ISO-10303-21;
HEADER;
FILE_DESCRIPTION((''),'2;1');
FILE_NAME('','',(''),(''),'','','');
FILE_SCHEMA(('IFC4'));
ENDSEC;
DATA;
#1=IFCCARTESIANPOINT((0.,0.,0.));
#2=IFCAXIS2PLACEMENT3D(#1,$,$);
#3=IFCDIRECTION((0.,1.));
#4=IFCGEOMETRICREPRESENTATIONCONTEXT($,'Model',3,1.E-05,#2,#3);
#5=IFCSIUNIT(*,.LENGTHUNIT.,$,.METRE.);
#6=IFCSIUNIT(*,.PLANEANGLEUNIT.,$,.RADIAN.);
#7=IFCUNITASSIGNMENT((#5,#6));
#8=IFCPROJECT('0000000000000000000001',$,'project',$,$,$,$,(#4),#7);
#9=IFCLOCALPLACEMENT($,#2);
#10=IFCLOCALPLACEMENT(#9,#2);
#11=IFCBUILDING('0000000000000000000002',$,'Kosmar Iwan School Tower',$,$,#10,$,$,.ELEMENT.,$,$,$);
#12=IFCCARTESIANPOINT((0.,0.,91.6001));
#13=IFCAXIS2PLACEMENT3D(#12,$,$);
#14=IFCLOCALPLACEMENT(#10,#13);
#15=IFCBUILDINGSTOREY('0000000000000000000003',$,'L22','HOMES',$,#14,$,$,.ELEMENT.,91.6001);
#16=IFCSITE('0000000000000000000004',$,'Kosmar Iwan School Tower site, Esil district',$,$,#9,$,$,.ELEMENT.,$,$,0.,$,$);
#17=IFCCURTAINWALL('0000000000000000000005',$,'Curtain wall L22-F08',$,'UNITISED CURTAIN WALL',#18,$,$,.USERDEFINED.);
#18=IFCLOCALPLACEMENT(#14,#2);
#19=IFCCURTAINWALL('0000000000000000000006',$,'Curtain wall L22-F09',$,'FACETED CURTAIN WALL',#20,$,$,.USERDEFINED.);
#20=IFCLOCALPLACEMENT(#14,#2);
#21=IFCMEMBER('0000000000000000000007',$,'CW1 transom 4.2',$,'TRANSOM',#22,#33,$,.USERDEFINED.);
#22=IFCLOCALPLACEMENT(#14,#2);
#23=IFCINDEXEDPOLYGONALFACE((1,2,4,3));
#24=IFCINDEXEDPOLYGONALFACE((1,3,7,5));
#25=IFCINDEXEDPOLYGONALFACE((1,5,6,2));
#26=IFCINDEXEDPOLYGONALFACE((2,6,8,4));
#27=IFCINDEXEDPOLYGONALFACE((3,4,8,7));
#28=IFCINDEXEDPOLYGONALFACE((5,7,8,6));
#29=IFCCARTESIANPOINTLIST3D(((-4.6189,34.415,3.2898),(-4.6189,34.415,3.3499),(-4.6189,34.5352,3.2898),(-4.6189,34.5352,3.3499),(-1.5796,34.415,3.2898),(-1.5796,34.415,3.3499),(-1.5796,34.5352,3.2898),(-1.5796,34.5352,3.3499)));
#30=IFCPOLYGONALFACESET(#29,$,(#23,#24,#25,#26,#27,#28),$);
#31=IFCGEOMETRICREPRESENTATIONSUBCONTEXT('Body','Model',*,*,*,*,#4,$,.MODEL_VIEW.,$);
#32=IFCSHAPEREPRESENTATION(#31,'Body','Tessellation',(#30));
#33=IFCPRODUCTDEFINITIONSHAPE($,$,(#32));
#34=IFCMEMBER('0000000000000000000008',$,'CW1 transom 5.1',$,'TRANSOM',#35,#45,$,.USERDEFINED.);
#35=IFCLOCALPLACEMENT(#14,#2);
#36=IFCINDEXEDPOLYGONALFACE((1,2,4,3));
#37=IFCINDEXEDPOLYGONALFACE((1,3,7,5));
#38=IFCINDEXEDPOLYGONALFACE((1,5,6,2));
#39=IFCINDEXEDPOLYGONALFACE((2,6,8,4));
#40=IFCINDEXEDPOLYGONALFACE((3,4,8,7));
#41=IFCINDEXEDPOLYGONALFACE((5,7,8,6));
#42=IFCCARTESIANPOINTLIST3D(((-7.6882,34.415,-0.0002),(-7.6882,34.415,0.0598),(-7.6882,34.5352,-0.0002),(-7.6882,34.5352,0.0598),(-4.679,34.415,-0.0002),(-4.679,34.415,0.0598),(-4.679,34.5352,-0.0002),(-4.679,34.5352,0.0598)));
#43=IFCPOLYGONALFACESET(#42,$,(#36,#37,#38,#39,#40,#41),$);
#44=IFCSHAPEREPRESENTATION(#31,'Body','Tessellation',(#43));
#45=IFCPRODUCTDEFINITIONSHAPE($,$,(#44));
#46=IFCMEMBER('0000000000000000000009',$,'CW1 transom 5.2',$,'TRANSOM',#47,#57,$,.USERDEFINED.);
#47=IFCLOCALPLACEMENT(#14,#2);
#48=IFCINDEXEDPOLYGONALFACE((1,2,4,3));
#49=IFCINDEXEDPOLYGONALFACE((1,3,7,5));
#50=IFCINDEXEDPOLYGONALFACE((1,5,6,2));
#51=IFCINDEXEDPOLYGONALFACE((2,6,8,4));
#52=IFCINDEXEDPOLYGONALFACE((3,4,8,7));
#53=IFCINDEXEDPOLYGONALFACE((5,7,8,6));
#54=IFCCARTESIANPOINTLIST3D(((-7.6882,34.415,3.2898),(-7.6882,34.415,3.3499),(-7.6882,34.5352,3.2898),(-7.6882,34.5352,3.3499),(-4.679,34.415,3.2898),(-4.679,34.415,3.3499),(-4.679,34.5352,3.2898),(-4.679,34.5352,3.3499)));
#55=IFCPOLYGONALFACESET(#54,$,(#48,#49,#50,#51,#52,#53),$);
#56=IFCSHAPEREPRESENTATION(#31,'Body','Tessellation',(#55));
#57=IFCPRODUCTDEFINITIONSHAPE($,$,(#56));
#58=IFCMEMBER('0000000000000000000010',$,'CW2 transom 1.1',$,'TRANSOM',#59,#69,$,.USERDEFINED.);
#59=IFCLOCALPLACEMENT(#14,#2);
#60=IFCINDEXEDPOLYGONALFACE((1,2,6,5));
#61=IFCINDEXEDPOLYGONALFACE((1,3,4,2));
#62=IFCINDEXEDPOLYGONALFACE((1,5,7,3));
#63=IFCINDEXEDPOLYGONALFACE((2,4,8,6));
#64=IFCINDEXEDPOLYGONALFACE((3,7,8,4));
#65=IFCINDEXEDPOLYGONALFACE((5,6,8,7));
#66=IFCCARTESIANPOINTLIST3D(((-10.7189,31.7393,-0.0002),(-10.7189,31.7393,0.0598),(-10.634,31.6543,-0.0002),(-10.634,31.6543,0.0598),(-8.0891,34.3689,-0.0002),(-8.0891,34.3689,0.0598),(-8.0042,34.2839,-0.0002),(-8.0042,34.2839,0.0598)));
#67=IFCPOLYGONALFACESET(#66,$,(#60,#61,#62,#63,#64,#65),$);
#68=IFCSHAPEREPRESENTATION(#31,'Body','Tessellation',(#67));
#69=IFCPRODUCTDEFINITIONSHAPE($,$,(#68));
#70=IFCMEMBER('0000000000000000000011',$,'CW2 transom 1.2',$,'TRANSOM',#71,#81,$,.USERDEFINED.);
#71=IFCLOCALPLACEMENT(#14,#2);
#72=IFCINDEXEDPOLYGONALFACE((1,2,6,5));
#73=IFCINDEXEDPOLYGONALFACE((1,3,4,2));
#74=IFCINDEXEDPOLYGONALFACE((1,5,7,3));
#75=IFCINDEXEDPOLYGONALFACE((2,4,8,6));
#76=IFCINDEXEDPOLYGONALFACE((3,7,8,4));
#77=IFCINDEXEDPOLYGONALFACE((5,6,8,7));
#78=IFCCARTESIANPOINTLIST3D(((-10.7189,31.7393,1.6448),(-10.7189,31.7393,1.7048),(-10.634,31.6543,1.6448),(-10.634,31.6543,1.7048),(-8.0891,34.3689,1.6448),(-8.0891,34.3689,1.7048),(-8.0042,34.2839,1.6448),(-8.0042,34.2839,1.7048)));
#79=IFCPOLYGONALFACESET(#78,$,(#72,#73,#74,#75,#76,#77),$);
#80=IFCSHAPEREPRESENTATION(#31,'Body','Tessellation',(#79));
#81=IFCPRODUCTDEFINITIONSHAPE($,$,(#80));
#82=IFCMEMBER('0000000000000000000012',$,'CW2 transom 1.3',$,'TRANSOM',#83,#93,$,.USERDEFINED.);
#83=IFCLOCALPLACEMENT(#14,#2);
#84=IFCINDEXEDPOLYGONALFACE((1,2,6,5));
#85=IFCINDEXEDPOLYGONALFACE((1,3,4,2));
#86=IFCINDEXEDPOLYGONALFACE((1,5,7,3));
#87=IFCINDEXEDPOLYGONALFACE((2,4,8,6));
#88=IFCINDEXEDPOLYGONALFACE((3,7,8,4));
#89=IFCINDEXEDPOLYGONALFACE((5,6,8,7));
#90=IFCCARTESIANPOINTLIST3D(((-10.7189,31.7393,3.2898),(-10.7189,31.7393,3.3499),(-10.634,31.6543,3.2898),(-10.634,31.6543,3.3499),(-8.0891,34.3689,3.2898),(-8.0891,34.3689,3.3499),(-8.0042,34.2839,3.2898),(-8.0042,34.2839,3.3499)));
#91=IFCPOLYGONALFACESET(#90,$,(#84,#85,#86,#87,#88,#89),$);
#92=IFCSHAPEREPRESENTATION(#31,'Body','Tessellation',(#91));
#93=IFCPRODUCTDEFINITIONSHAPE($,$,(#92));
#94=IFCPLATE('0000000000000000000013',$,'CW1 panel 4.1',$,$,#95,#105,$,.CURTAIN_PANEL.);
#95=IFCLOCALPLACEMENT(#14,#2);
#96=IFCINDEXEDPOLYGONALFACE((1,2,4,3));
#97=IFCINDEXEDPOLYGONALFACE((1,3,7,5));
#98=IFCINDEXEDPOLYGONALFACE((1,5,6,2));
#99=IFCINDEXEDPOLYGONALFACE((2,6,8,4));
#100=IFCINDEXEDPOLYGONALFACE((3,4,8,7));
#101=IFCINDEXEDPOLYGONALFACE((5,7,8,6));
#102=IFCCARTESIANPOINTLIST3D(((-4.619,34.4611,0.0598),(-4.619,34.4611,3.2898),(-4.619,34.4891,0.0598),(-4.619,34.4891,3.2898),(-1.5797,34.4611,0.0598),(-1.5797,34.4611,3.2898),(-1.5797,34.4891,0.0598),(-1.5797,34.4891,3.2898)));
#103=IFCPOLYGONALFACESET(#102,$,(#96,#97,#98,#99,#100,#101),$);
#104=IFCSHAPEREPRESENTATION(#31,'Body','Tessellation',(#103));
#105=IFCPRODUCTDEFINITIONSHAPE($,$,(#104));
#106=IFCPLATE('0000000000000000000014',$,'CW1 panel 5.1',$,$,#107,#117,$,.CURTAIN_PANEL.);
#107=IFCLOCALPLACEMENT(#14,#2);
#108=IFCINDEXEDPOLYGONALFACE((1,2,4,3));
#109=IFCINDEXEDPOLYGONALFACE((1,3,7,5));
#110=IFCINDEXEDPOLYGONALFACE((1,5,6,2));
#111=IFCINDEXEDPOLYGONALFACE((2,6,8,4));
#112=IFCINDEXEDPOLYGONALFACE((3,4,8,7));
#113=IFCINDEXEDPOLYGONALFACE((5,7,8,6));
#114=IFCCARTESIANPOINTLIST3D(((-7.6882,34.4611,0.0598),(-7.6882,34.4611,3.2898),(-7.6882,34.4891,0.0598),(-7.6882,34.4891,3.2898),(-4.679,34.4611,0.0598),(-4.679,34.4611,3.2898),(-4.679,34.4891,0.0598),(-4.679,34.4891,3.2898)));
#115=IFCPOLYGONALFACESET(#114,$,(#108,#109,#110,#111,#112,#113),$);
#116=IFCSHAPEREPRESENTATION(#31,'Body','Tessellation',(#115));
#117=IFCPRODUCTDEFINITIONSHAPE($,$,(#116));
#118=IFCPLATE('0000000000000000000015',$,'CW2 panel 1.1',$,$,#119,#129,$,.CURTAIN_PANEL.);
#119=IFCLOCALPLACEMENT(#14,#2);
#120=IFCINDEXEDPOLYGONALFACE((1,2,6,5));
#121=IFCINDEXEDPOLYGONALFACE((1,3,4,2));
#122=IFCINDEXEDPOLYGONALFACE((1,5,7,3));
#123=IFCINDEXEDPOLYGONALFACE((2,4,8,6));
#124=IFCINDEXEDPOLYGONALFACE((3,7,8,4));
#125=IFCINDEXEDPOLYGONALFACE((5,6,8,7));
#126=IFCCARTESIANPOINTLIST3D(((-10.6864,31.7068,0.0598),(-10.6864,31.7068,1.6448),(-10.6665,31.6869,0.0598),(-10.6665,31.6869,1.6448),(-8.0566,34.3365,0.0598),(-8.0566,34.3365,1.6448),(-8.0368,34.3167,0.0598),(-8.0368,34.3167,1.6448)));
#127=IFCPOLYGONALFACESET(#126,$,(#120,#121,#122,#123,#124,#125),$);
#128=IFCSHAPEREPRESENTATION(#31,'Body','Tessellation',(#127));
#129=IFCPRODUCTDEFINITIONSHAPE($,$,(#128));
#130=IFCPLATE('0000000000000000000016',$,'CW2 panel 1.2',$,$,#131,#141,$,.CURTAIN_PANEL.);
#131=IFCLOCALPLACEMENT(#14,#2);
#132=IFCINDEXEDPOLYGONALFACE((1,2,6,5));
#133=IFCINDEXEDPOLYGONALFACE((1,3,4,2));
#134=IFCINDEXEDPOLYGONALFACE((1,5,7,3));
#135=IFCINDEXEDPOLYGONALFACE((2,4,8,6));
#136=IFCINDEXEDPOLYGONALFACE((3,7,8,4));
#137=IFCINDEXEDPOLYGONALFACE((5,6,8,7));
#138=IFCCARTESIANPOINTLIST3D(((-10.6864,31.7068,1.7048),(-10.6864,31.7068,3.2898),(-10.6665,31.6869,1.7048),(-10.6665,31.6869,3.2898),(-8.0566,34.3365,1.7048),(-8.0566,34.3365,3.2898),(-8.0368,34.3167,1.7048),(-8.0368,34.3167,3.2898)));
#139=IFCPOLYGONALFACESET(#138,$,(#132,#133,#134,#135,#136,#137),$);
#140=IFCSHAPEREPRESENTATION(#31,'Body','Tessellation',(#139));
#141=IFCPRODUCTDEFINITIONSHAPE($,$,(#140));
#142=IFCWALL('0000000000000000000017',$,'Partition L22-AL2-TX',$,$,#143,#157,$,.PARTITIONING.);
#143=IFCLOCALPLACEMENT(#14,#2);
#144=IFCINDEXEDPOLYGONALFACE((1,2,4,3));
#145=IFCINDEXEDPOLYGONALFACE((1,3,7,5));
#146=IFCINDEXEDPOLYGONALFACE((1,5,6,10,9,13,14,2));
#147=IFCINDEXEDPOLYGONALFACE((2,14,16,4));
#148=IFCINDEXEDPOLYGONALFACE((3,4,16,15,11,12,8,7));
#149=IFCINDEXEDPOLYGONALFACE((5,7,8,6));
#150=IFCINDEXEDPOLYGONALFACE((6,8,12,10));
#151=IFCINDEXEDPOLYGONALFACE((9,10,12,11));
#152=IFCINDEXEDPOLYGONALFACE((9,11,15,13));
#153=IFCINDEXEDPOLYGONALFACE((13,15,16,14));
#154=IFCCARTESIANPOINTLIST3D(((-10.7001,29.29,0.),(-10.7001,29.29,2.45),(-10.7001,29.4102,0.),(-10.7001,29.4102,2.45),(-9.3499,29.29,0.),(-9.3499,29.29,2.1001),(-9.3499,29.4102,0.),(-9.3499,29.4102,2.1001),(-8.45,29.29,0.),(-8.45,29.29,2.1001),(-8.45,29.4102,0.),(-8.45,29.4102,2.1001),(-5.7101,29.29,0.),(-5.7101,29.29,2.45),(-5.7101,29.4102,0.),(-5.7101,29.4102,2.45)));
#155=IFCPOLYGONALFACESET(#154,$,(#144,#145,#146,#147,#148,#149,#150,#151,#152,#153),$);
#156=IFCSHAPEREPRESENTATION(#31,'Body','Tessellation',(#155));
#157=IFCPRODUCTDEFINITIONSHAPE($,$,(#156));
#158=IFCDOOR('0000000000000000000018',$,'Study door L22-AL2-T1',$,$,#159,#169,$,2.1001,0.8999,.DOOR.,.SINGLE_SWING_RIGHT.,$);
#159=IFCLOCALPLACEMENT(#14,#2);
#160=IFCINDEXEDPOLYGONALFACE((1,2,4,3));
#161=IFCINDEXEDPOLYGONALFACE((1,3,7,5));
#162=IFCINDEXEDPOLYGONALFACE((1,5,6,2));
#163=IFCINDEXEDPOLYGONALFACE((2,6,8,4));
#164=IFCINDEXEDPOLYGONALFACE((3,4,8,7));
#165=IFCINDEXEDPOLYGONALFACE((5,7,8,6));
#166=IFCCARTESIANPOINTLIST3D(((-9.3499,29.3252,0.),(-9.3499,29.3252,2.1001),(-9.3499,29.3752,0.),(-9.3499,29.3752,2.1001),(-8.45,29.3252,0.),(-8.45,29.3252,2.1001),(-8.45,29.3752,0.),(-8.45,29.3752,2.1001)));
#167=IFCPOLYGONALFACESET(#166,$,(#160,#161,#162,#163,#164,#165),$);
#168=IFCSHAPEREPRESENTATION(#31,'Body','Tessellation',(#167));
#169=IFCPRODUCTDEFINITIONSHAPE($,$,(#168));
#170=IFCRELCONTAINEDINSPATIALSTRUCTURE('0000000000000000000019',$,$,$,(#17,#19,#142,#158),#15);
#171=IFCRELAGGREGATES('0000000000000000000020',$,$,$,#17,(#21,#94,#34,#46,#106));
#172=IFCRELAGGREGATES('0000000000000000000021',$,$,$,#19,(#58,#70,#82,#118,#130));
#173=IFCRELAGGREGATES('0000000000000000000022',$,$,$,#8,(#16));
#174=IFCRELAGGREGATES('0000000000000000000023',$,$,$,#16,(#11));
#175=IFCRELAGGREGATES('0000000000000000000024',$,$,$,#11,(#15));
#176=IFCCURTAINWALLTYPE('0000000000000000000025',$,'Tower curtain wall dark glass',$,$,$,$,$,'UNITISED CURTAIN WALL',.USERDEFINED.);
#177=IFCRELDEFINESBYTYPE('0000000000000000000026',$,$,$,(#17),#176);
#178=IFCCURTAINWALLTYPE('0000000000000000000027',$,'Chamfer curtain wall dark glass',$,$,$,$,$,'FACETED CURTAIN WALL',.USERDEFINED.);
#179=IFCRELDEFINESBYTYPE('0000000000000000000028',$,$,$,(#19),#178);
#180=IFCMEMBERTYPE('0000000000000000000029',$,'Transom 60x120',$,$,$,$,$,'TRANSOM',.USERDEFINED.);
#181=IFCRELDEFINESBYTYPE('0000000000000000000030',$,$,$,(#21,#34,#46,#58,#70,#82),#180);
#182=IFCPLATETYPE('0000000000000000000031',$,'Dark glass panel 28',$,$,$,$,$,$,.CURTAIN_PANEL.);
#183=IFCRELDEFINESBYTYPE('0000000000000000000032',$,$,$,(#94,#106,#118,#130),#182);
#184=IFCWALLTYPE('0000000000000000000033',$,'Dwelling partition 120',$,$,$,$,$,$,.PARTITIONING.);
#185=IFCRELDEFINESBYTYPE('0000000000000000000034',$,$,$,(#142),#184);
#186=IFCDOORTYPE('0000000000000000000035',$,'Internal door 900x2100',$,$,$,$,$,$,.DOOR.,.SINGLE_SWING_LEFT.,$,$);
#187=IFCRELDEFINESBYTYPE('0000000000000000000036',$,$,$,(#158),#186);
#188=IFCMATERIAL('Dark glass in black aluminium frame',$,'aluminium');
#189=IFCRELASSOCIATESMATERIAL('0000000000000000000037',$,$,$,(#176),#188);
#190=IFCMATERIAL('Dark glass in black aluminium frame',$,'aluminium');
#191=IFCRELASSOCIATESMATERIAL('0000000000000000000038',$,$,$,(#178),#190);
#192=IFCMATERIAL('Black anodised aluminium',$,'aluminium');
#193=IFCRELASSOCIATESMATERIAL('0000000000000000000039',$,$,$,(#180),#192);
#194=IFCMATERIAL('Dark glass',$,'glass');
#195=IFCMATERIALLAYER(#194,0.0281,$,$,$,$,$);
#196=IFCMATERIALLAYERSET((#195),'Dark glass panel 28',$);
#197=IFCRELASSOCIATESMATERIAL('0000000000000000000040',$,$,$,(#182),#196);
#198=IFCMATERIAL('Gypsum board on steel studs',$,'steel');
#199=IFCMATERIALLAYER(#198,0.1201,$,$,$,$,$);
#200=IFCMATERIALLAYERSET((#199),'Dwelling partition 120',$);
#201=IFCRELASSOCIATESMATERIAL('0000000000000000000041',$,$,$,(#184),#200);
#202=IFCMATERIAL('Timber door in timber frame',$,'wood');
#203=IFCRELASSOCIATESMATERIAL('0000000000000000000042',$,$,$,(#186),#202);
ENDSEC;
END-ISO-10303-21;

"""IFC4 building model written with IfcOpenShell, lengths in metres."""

from ifc_helpers import new_model, si_unit, direction, frame, frame_2d, origin, origin_2d, place, context, subcontext, project, spatial, rectangle, extrude, material, layer, layer_set, material_profile, profile_set, type_object, element, fill, aggregate, save


model = new_model("IFC4")

# Units and contexts
model_context = context("Model", 3, precision=1e-05, world=origin(), true_north=direction((0.0, 1.0)))
body_context = subcontext(model_context, "Body", "Model", "MODEL_VIEW")
ifc_project = project(units=[si_unit("LENGTHUNIT", "METRE"), si_unit("PLANEANGLEUNIT", "RADIAN")], contexts=[model_context])

# Site, building, storey
site_placement = place(None, origin())
site = spatial("IfcSite", under=ifc_project, at=site_placement, Name="Kosmar Iwan School Tower site, Esil district", CompositionType="ELEMENT", RefElevation=0.0)
building_placement = place(site_placement, origin())
building = spatial("IfcBuilding", under=site, at=building_placement, Name="Kosmar Iwan School Tower", CompositionType="ELEMENT")
storey_placement = place(building_placement, frame((0.0, 0.0, 91.6001)))
storey = spatial("IfcBuildingStorey", under=building, at=storey_placement, Name="L22", Description="HOMES", CompositionType="ELEMENT", Elevation=91.6001)

# Curtain walls
ifc_material_1 = material(Name="Dark glass in black aluminium frame", Category="aluminium")
curtain_wall_type_1 = type_object("IfcCurtainWallType", Name="Tower curtain wall dark glass", ElementType="UNITISED CURTAIN WALL", PredefinedType="USERDEFINED", material=ifc_material_1)
curtain_wall_1_placement = place(storey_placement, origin())
curtain_wall_1 = element("IfcCurtainWall", 1, at=curtain_wall_1_placement, inside=storey, type_object=curtain_wall_type_1, Name="Curtain wall L22-F08", ObjectType="UNITISED CURTAIN WALL", PredefinedType="USERDEFINED")
ifc_material_2 = material(Name="Dark glass in black aluminium frame", Category="aluminium")
curtain_wall_type_2 = type_object("IfcCurtainWallType", Name="Chamfer curtain wall dark glass", ElementType="FACETED CURTAIN WALL", PredefinedType="USERDEFINED", material=ifc_material_2)
curtain_wall_2_placement = place(storey_placement, origin())
curtain_wall_2 = element("IfcCurtainWall", 2, at=curtain_wall_2_placement, inside=storey, type_object=curtain_wall_type_2, Name="Curtain wall L22-F09", ObjectType="FACETED CURTAIN WALL", PredefinedType="USERDEFINED")

# Members
ifc_material_3 = material(Name="Black anodised aluminium", Category="aluminium")
ifc_material_profile_1 = material_profile(ifc_material_3, rectangle(XDim=0.1201, YDim=0.0601, at=origin_2d()), Name="TRANSOM 60x120")
ifc_profile_set_1 = profile_set([ifc_material_profile_1], Name="Black anodised aluminium")
member_type_1 = type_object("IfcMemberType", Name="Transom 60x120", ElementType="TRANSOM", PredefinedType="USERDEFINED", material=ifc_profile_set_1)
member_1_placement = place(storey_placement, frame((-1.5796, 34.4751, 3.3198), z_axis=(-1.0, 0.0, 0.0), x_axis=(0.0, -1.0, 0.0)))
member_1 = element("IfcMember", 3, at=member_1_placement, type_object=member_type_1, Name="CW1 transom 4.2", ObjectType="TRANSOM", PredefinedType="USERDEFINED", context=body_context, shape_type="SweptSolid", body=[
    extrude(rectangle(XDim=0.1201, YDim=0.0601, at=origin_2d()), origin(), (0.0, 0.0, 1.0), 3.0393),
])
member_2_placement = place(storey_placement, frame((-4.679, 34.4751, 0.0298), z_axis=(-1.0, 0.0, 0.0), x_axis=(0.0, -1.0, 0.0)))
member_2 = element("IfcMember", 4, at=member_2_placement, type_object=member_type_1, Name="CW1 transom 5.1", ObjectType="TRANSOM", PredefinedType="USERDEFINED", context=body_context, shape_type="SweptSolid", body=[
    extrude(rectangle(XDim=0.1201, YDim=0.0601, at=origin_2d()), origin(), (0.0, 0.0, 1.0), 3.0093),
])
member_3_placement = place(storey_placement, frame((-4.679, 34.4751, 3.3198), z_axis=(-1.0, 0.0, 0.0), x_axis=(0.0, -1.0, 0.0)))
member_3 = element("IfcMember", 5, at=member_3_placement, type_object=member_type_1, Name="CW1 transom 5.2", ObjectType="TRANSOM", PredefinedType="USERDEFINED", context=body_context, shape_type="SweptSolid", body=[
    extrude(rectangle(XDim=0.1201, YDim=0.0601, at=origin_2d()), origin(), (0.0, 0.0, 1.0), 3.0093),
])
member_4_placement = place(storey_placement, frame((-8.0466, 34.3264, 0.0298), z_axis=(-0.70714, -0.707074, 0.0), x_axis=(0.707074, -0.70714, 0.0)))
member_4 = element("IfcMember", 6, at=member_4_placement, type_object=member_type_1, Name="CW2 transom 1.1", ObjectType="TRANSOM", PredefinedType="USERDEFINED", context=body_context, shape_type="SweptSolid", body=[
    extrude(rectangle(XDim=0.1201, YDim=0.0601, at=origin_2d()), origin(), (0.0, 0.0, 1.0), 3.719),
])
member_5_placement = place(storey_placement, frame((-8.0466, 34.3264, 1.6748), z_axis=(-0.70714, -0.707074, 0.0), x_axis=(0.707074, -0.70714, 0.0)))
member_5 = element("IfcMember", 7, at=member_5_placement, type_object=member_type_1, Name="CW2 transom 1.2", ObjectType="TRANSOM", PredefinedType="USERDEFINED", context=body_context, shape_type="SweptSolid", body=[
    extrude(rectangle(XDim=0.1201, YDim=0.0601, at=origin_2d()), origin(), (0.0, 0.0, 1.0), 3.719),
])
member_6_placement = place(storey_placement, frame((-8.0466, 34.3264, 3.3198), z_axis=(-0.70714, -0.707074, 0.0), x_axis=(0.707074, -0.70714, 0.0)))
member_6 = element("IfcMember", 8, at=member_6_placement, type_object=member_type_1, Name="CW2 transom 1.3", ObjectType="TRANSOM", PredefinedType="USERDEFINED", context=body_context, shape_type="SweptSolid", body=[
    extrude(rectangle(XDim=0.1201, YDim=0.0601, at=origin_2d()), origin(), (0.0, 0.0, 1.0), 3.719),
])

# Plates
ifc_material_4 = material(Name="Dark glass", Category="glass")
ifc_layer_1 = layer(ifc_material_4, 0.0281)
ifc_layer_set_1 = layer_set([ifc_layer_1], Name="Dark glass panel 28")
plate_type = type_object("IfcPlateType", Name="Dark glass panel 28", PredefinedType="CURTAIN_PANEL", material=ifc_layer_set_1)
plate_1_placement = place(storey_placement, frame((-3.0994, 34.4751, 0.0598), z_axis=(0.0, 0.0, 1.0), x_axis=(-1.0, 0.0, 0.0)))
plate_1 = element("IfcPlate", 9, at=plate_1_placement, type_object=plate_type, Name="CW1 panel 4.1", PredefinedType="CURTAIN_PANEL", context=body_context, shape_type="SweptSolid", body=[
    extrude(rectangle(XDim=3.0393, YDim=0.0281, at=origin_2d()), origin(), (0.0, 0.0, 1.0), 3.23),
])
plate_2_placement = place(storey_placement, frame((-6.1836, 34.4751, 0.0598), z_axis=(0.0, 0.0, 1.0), x_axis=(-1.0, 0.0, 0.0)))
plate_2 = element("IfcPlate", 10, at=plate_2_placement, type_object=plate_type, Name="CW1 panel 5.1", PredefinedType="CURTAIN_PANEL", context=body_context, shape_type="SweptSolid", body=[
    extrude(rectangle(XDim=3.0093, YDim=0.0281, at=origin_2d()), origin(), (0.0, 0.0, 1.0), 3.23),
])
aggregate(curtain_wall_1, [member_1, plate_1, member_2, member_3, plate_2])
plate_3_placement = place(storey_placement, frame((-9.3616, 33.0117, 0.0598), z_axis=(0.0, 0.0, 1.0), x_axis=(-0.707107, -0.707107, 0.0)))
plate_3 = element("IfcPlate", 11, at=plate_3_placement, type_object=plate_type, Name="CW2 panel 1.1", PredefinedType="CURTAIN_PANEL", context=body_context, shape_type="SweptSolid", body=[
    extrude(rectangle(XDim=3.719, YDim=0.0281, at=origin_2d()), origin(), (0.0, 0.0, 1.0), 1.585),
])
plate_4_placement = place(storey_placement, frame((-9.3616, 33.0117, 1.7048), z_axis=(0.0, 0.0, 1.0), x_axis=(-0.707107, -0.707107, 0.0)))
plate_4 = element("IfcPlate", 12, at=plate_4_placement, type_object=plate_type, Name="CW2 panel 1.2", PredefinedType="CURTAIN_PANEL", context=body_context, shape_type="SweptSolid", body=[
    extrude(rectangle(XDim=3.719, YDim=0.0281, at=origin_2d()), origin(), (0.0, 0.0, 1.0), 1.585),
])
aggregate(curtain_wall_2, [member_4, member_5, member_6, plate_3, plate_4])

# Wall, opening, door
ifc_material_5 = material(Name="Gypsum board on steel studs", Category="steel")
ifc_layer_2 = layer(ifc_material_5, 0.1201)
ifc_layer_set_2 = layer_set([ifc_layer_2], Name="Dwelling partition 120")
wall_type_1 = type_object("IfcWallType", Name="Dwelling partition 120", PredefinedType="PARTITIONING", material=ifc_layer_set_2)
wall_1_placement = place(storey_placement, frame((-5.71, 29.3501, 0.0), z_axis=(0.0, 0.0, 1.0), x_axis=(-1.0, 0.0, 0.0)))
wall_1 = element("IfcWall", 13, at=wall_1_placement, inside=storey, type_object=wall_type_1, Name="Partition L22-AL2-TX", PredefinedType="PARTITIONING", context=body_context, shape_type="SweptSolid", body=[
    extrude(rectangle(XDim=4.99, YDim=0.1201, at=frame_2d((2.4951, 0.0))), origin(), (0.0, 0.0, 1.0), 2.45),
])
opening_1_placement = place(wall_1_placement, frame((2.74, 0.0, 0.0)))
opening_1 = element("IfcOpeningElement", 14, at=opening_1_placement, cuts=wall_1, PredefinedType="OPENING", context=body_context, shape_type="SweptSolid", body=[
    extrude(rectangle(XDim=0.8999, YDim=2.1001, at=frame_2d((0.45, 1.05))), frame((0.0, 0.072, 0.0), z_axis=(0.0, -1.0, 0.0), x_axis=(1.0, 0.0, 0.0)), (0.0, 0.0, 1.0), 0.144),
])
ifc_material_6 = material(Name="Timber door in timber frame", Category="wood")
door_type_1 = type_object("IfcDoorType", Name="Internal door 900x2100", OperationType="SINGLE_SWING_LEFT", PredefinedType="DOOR", material=ifc_material_6)
door_1_placement = place(opening_1_placement, origin())
door_1 = element("IfcDoor", 15, at=door_1_placement, inside=storey, type_object=door_type_1, Name="Study door L22-AL2-T1", OperationType="SINGLE_SWING_RIGHT", OverallHeight=2.1001, OverallWidth=0.8999, PredefinedType="DOOR", context=body_context, shape_type="SweptSolid", body=[
    extrude(rectangle(XDim=0.8999, YDim=2.1001, at=frame_2d((0.45, 1.05))), frame((0.0, 0.0249, 0.0), z_axis=(0.0, -1.0, 0.0), x_axis=(1.0, 0.0, 0.0)), (0.0, 0.0, 1.0), 0.05),
])
fill(opening_1, door_1)

save(model, "model.ifc")
